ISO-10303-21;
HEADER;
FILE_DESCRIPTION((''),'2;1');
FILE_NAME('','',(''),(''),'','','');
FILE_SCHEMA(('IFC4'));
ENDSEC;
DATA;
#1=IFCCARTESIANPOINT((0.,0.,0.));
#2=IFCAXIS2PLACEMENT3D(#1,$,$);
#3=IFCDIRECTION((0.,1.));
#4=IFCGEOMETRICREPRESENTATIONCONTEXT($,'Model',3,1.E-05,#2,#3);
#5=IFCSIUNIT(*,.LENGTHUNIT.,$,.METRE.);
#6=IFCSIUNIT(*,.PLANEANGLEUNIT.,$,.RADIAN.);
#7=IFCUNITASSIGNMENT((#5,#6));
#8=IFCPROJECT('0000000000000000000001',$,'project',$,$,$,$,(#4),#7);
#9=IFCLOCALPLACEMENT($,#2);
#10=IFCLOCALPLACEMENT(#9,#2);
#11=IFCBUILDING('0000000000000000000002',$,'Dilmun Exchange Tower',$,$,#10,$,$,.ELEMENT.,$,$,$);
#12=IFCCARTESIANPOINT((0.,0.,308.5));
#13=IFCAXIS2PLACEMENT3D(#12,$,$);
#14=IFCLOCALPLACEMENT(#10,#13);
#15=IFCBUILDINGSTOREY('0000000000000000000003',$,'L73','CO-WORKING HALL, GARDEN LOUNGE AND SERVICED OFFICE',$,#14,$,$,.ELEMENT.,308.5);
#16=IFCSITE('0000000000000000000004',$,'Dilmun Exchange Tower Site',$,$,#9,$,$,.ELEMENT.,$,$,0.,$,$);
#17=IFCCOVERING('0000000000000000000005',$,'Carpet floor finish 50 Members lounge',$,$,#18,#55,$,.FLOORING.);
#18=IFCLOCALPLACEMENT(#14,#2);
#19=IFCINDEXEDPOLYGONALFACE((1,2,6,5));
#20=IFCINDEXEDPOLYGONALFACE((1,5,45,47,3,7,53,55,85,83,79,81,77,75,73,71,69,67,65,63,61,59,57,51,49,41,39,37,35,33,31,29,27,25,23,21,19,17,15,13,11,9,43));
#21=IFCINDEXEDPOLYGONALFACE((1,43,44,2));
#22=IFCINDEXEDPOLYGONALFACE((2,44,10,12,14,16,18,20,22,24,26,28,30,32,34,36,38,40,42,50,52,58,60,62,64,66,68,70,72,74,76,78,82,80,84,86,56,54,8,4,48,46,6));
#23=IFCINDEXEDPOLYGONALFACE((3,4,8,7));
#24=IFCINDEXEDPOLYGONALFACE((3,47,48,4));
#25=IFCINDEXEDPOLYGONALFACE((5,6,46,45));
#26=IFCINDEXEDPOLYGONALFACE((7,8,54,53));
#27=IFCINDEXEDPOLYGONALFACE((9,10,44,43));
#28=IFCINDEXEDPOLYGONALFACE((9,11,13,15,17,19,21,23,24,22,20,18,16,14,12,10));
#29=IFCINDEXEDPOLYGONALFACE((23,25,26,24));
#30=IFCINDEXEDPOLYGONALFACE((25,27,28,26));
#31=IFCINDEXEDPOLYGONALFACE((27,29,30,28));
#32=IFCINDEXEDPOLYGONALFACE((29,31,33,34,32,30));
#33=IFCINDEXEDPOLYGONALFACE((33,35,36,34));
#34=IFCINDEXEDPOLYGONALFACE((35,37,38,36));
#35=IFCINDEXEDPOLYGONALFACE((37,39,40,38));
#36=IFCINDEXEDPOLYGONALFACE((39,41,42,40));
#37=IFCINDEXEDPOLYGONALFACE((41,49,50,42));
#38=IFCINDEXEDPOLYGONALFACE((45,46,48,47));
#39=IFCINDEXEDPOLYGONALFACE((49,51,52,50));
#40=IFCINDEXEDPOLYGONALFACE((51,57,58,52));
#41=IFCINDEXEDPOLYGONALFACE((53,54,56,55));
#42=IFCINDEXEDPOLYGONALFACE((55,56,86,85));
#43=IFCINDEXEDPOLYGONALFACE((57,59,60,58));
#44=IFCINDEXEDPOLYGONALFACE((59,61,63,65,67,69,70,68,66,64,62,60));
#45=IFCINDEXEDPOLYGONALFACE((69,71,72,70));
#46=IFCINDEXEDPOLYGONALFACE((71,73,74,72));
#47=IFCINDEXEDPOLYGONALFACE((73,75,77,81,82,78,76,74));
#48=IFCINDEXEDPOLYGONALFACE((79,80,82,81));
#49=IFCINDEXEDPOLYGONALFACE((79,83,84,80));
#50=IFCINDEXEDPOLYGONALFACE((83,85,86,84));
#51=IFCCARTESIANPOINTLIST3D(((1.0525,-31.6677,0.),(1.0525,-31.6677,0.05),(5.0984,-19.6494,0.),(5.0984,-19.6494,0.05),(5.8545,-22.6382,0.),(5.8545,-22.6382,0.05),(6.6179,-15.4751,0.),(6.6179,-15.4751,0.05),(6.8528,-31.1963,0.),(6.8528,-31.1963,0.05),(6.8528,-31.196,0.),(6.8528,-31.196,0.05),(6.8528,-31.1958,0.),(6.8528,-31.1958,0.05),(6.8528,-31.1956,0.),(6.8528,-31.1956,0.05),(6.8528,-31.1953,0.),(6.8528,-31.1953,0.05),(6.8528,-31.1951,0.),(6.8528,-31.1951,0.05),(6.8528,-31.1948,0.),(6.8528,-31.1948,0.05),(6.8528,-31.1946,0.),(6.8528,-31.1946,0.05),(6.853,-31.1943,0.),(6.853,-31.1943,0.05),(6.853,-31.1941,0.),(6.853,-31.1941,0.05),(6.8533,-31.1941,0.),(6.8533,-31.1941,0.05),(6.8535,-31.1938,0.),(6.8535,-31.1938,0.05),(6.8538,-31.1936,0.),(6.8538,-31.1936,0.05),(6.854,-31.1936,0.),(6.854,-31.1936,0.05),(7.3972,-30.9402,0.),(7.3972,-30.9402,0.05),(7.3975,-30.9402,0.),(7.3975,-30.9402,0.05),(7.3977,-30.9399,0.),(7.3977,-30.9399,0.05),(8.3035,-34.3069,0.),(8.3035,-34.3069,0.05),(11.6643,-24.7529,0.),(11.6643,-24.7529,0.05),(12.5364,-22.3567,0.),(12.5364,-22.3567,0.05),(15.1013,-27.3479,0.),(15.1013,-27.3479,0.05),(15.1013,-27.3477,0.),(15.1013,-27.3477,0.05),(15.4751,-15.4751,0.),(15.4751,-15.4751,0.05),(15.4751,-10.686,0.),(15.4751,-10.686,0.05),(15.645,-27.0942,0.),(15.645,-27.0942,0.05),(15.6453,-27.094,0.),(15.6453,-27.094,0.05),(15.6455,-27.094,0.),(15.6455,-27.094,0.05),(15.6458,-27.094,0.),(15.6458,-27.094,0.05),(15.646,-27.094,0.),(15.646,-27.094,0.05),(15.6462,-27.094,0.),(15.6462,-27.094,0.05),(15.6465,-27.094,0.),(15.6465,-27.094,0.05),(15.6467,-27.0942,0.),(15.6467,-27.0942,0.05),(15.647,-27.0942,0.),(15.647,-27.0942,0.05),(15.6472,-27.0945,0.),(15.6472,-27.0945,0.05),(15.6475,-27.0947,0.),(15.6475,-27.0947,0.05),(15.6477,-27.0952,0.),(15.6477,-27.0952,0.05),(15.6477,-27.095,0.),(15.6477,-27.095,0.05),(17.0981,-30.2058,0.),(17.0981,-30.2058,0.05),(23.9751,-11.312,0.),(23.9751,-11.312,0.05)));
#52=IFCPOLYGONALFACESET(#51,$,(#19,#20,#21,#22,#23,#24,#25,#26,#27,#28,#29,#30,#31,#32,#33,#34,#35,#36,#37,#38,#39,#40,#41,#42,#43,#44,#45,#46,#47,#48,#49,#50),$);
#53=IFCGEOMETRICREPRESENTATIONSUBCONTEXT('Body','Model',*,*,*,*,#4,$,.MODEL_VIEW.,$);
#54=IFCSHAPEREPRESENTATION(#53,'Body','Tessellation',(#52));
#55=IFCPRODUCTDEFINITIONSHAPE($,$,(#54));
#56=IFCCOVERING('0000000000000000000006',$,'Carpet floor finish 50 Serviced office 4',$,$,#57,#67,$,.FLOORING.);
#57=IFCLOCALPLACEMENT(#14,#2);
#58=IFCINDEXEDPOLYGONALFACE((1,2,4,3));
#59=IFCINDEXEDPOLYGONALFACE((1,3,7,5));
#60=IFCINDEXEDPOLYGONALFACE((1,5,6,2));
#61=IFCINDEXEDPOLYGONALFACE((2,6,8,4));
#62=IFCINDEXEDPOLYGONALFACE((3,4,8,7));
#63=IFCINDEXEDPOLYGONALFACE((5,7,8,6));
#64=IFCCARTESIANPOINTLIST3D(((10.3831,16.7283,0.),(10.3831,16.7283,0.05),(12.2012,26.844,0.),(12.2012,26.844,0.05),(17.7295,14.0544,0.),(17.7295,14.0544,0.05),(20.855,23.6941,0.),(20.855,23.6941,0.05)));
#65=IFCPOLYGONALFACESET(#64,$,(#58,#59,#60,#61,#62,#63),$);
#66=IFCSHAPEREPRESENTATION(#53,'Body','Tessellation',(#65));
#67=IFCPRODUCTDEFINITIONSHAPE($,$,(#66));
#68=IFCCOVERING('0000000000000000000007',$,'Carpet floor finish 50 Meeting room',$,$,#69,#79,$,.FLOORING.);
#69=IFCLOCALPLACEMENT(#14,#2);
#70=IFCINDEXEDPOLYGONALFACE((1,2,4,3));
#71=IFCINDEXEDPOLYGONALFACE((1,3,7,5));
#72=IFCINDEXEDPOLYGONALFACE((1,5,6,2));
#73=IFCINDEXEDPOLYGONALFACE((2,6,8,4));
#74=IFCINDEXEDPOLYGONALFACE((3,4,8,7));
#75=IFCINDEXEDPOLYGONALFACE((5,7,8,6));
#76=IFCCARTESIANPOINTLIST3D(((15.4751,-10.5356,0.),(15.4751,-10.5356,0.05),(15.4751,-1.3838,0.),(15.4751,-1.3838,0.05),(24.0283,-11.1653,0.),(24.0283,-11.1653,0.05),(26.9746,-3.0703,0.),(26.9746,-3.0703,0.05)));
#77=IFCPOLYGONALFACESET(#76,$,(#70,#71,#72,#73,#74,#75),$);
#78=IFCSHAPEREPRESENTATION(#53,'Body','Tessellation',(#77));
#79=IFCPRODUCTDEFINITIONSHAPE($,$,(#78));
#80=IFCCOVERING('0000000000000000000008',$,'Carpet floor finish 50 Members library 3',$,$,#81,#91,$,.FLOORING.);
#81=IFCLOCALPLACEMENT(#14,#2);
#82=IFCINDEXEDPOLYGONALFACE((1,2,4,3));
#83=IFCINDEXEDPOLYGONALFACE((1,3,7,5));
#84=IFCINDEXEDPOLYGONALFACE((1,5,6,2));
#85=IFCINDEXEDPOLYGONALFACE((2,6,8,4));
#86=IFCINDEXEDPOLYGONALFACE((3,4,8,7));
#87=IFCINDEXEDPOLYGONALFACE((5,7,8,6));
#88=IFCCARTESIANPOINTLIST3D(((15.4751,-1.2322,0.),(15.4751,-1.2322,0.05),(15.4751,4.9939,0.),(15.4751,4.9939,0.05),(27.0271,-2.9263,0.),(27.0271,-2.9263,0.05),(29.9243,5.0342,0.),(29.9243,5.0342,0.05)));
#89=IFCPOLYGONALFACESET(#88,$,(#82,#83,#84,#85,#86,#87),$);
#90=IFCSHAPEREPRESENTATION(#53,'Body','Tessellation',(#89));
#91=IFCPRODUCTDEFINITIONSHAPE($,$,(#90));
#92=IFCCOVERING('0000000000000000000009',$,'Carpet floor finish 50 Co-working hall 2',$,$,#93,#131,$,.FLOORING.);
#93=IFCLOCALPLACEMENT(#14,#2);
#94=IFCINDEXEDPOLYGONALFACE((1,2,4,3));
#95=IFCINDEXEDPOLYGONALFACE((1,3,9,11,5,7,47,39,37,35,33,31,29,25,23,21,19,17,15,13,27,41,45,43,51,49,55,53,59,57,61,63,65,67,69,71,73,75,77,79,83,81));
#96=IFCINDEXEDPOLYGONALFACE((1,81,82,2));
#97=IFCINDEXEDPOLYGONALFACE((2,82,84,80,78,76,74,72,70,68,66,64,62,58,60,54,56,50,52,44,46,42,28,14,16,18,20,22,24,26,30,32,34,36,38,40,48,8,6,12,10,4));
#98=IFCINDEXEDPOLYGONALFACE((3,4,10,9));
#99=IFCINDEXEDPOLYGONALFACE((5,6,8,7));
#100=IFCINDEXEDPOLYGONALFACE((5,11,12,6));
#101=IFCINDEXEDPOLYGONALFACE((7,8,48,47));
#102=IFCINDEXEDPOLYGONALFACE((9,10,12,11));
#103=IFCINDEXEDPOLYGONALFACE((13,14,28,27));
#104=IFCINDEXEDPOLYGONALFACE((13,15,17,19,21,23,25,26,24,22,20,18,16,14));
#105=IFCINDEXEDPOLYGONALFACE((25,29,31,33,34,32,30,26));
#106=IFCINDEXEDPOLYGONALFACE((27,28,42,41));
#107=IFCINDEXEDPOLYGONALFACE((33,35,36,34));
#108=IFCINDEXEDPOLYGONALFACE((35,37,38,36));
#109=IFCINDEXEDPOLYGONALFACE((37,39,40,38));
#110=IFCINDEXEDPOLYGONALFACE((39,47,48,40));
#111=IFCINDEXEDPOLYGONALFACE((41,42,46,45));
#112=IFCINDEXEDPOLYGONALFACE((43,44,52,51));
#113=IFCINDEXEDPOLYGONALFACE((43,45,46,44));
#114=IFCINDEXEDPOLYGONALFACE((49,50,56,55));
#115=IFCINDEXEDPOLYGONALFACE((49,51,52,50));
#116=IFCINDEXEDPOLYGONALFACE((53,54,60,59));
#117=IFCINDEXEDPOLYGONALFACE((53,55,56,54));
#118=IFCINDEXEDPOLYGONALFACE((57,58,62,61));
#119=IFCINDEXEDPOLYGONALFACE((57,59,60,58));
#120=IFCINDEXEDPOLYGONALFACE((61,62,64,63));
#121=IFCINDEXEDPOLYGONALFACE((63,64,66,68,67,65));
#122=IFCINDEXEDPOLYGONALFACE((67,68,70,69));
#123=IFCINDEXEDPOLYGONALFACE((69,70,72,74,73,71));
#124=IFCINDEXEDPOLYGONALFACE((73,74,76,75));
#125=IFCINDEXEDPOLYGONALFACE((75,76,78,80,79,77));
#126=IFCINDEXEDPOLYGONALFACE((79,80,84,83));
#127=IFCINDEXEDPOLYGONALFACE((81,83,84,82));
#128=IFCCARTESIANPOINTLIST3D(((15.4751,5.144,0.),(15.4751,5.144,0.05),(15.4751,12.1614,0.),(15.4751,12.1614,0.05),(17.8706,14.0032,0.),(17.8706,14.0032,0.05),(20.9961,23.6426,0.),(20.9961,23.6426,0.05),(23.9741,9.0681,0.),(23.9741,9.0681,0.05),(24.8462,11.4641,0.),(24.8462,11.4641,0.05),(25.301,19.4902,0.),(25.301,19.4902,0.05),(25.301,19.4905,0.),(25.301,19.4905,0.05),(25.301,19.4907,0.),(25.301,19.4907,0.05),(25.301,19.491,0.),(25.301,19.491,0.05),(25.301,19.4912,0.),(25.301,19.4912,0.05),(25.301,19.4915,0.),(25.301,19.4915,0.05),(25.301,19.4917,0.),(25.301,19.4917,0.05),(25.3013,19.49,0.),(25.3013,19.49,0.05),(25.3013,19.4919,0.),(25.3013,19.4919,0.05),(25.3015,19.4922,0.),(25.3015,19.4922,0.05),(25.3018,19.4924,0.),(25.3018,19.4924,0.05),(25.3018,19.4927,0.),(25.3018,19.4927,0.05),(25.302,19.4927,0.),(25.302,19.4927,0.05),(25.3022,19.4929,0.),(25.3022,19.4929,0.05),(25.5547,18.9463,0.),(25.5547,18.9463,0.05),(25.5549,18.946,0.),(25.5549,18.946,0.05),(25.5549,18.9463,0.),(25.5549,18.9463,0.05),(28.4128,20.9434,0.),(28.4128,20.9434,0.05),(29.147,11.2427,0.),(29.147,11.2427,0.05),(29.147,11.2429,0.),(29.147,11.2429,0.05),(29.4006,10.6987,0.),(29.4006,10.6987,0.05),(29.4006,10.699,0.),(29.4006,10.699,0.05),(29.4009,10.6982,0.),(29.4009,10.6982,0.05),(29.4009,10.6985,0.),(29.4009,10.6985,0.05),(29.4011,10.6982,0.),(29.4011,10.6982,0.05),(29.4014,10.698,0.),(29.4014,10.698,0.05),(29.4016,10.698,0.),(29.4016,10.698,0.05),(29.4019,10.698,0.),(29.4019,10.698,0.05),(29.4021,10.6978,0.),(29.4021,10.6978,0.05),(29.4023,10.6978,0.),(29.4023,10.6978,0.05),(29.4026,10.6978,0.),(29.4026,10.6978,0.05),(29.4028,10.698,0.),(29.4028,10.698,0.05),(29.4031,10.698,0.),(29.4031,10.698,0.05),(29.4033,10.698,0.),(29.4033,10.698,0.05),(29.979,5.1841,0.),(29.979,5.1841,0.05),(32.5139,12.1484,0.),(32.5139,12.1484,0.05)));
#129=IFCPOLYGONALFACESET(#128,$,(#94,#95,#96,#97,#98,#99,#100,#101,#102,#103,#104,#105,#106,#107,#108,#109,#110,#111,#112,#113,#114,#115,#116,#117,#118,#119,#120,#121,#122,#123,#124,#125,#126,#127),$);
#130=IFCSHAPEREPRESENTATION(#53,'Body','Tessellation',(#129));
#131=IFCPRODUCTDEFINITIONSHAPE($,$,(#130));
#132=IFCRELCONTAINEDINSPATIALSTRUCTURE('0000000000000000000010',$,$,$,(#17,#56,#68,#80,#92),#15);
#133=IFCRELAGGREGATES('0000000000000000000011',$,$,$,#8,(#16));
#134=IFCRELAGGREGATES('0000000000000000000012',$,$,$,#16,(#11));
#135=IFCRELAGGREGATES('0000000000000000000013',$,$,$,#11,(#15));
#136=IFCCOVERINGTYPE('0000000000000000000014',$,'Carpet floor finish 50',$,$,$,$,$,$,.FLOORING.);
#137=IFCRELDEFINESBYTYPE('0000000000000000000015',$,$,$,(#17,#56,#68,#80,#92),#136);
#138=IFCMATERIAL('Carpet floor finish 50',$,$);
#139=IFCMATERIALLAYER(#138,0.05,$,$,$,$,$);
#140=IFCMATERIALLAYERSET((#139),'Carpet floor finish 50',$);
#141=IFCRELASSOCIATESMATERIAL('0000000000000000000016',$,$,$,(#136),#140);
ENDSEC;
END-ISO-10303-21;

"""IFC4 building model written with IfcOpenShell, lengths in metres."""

from ifc_helpers import new_model, si_unit, direction, frame, origin, place, context, subcontext, project, spatial, polyline, outline, extrude, material, layer, layer_set, type_object, element, save


model = new_model("IFC4")

# Units and contexts
model_context = context("Model", 3, precision=1e-05, world=origin(), true_north=direction((0.0, 1.0)))
body_context = subcontext(model_context, "Body", "Model", "MODEL_VIEW")
ifc_project = project(units=[si_unit("LENGTHUNIT", "METRE"), si_unit("PLANEANGLEUNIT", "RADIAN")], contexts=[model_context])

# Site, building, storey
site_placement = place(None, origin())
site = spatial("IfcSite", under=ifc_project, at=site_placement, Name="Dilmun Exchange Tower Site", CompositionType="ELEMENT", RefElevation=0.0)
building_placement = place(site_placement, origin())
building = spatial("IfcBuilding", under=site, at=building_placement, Name="Dilmun Exchange Tower", CompositionType="ELEMENT")
storey_placement = place(building_placement, frame((0.0, 0.0, 308.5)))
storey = spatial("IfcBuildingStorey", under=building, at=storey_placement, Name="L73", Description="CO-WORKING HALL, GARDEN LOUNGE AND SERVICED OFFICE", CompositionType="ELEMENT", Elevation=308.5)

# Coverings
ifc_material_1 = material(Name="Carpet floor finish 50")
ifc_layer_1 = layer(ifc_material_1, 0.05)
ifc_layer_set_1 = layer_set([ifc_layer_1], Name="Carpet floor finish 50")
covering_type = type_object("IfcCoveringType", Name="Carpet floor finish 50", PredefinedType="FLOORING", material=ifc_layer_set_1)
covering_1_placement = place(storey_placement, origin())
element("IfcCovering", 1, at=covering_1_placement, inside=storey, type_object=covering_type, Name="Carpet floor finish 50 Members lounge", PredefinedType="FLOORING", context=body_context, shape_type="SweptSolid", body=[
    extrude(outline(polyline([(5.8545, -22.6382), (11.6643, -24.7529), (12.5364, -22.3567), (5.0984, -19.6494), (6.6179, -15.4751), (15.4751, -15.4751), (15.4751, -10.686), (23.9751, -11.312), (17.0981, -30.2058), (15.6477, -27.0952), (15.6477, -27.095), (15.6475, -27.0947), (15.6475, -27.0947), (15.6472, -27.0945), (15.6472, -27.0945), (15.647, -27.0942), (15.6467, -27.0942), (15.6465, -27.094), (15.6465, -27.094), (15.6462, -27.094), (15.646, -27.094), (15.6458, -27.094), (15.6455, -27.094), (15.6455, -27.094), (15.6453, -27.094), (15.645, -27.0942), (15.1013, -27.3477), (15.1013, -27.3477), (15.1013, -27.3479), (7.3977, -30.9399), (7.3975, -30.9402), (7.3972, -30.9402), (7.3972, -30.9402), (6.854, -31.1936), (6.8538, -31.1936), (6.8535, -31.1938), (6.8535, -31.1938), (6.8533, -31.1941), (6.853, -31.1941), (6.853, -31.1943), (6.8528, -31.1946), (6.8528, -31.1946), (6.8528, -31.1948), (6.8528, -31.1951), (6.8528, -31.1953), (6.8528, -31.1956), (6.8528, -31.1958), (6.8528, -31.1958), (6.8528, -31.196), (6.8528, -31.1963), (8.3035, -34.3069), (1.0525, -31.6677), (5.8545, -22.6382)])), origin(), (0.0, 0.0, 1.0), 0.05),
])
covering_2_placement = place(storey_placement, origin())
element("IfcCovering", 2, at=covering_2_placement, inside=storey, type_object=covering_type, Name="Carpet floor finish 50 Serviced office 4", PredefinedType="FLOORING", context=body_context, shape_type="SweptSolid", body=[
    extrude(outline(polyline([(10.3831, 16.7283), (12.2012, 26.844), (20.855, 23.6941), (17.7295, 14.0544), (10.3831, 16.7283)])), origin(), (0.0, 0.0, 1.0), 0.05),
])
covering_3_placement = place(storey_placement, origin())
element("IfcCovering", 3, at=covering_3_placement, inside=storey, type_object=covering_type, Name="Carpet floor finish 50 Meeting room", PredefinedType="FLOORING", context=body_context, shape_type="SweptSolid", body=[
    extrude(outline(polyline([(15.4751, -1.3838), (26.9746, -3.0703), (24.0283, -11.1653), (15.4751, -10.5356), (15.4751, -1.3838)])), origin(), (0.0, 0.0, 1.0), 0.05),
])
covering_4_placement = place(storey_placement, origin())
element("IfcCovering", 4, at=covering_4_placement, inside=storey, type_object=covering_type, Name="Carpet floor finish 50 Members library 3", PredefinedType="FLOORING", context=body_context, shape_type="SweptSolid", body=[
    extrude(outline(polyline([(29.9243, 5.0342), (27.0271, -2.9263), (15.4751, -1.2322), (15.4751, 4.9939), (29.9243, 5.0342)])), origin(), (0.0, 0.0, 1.0), 0.05),
])
covering_5_placement = place(storey_placement, origin())
element("IfcCovering", 5, at=covering_5_placement, inside=storey, type_object=covering_type, Name="Carpet floor finish 50 Co-working hall 2", PredefinedType="FLOORING", context=body_context, shape_type="SweptSolid", body=[
    extrude(outline(polyline([(15.4751, 5.144), (15.4751, 12.1614), (23.9741, 9.0681), (24.8462, 11.4641), (17.8706, 14.0032), (20.9961, 23.6426), (28.4128, 20.9434), (25.3022, 19.4929), (25.302, 19.4927), (25.3018, 19.4927), (25.3018, 19.4924), (25.3015, 19.4922), (25.3015, 19.4922), (25.3013, 19.4919), (25.3013, 19.4919), (25.301, 19.4917), (25.301, 19.4915), (25.301, 19.4912), (25.301, 19.4912), (25.301, 19.491), (25.301, 19.4907), (25.301, 19.4905), (25.301, 19.4902), (25.3013, 19.49), (25.5547, 18.9463), (25.5549, 18.9463), (25.5549, 18.946), (29.147, 11.2429), (29.147, 11.2427), (29.4006, 10.699), (29.4006, 10.6987), (29.4009, 10.6985), (29.4009, 10.6985), (29.4009, 10.6982), (29.4011, 10.6982), (29.4014, 10.698), (29.4016, 10.698), (29.4016, 10.698), (29.4019, 10.698), (29.4021, 10.6978), (29.4023, 10.6978), (29.4026, 10.6978), (29.4026, 10.6978), (29.4028, 10.698), (29.4031, 10.698), (29.4033, 10.698), (32.5139, 12.1484), (29.979, 5.1841), (15.4751, 5.144)])), origin(), (0.0, 0.0, 1.0), 0.05),
])

save(model, "model.ifc")
